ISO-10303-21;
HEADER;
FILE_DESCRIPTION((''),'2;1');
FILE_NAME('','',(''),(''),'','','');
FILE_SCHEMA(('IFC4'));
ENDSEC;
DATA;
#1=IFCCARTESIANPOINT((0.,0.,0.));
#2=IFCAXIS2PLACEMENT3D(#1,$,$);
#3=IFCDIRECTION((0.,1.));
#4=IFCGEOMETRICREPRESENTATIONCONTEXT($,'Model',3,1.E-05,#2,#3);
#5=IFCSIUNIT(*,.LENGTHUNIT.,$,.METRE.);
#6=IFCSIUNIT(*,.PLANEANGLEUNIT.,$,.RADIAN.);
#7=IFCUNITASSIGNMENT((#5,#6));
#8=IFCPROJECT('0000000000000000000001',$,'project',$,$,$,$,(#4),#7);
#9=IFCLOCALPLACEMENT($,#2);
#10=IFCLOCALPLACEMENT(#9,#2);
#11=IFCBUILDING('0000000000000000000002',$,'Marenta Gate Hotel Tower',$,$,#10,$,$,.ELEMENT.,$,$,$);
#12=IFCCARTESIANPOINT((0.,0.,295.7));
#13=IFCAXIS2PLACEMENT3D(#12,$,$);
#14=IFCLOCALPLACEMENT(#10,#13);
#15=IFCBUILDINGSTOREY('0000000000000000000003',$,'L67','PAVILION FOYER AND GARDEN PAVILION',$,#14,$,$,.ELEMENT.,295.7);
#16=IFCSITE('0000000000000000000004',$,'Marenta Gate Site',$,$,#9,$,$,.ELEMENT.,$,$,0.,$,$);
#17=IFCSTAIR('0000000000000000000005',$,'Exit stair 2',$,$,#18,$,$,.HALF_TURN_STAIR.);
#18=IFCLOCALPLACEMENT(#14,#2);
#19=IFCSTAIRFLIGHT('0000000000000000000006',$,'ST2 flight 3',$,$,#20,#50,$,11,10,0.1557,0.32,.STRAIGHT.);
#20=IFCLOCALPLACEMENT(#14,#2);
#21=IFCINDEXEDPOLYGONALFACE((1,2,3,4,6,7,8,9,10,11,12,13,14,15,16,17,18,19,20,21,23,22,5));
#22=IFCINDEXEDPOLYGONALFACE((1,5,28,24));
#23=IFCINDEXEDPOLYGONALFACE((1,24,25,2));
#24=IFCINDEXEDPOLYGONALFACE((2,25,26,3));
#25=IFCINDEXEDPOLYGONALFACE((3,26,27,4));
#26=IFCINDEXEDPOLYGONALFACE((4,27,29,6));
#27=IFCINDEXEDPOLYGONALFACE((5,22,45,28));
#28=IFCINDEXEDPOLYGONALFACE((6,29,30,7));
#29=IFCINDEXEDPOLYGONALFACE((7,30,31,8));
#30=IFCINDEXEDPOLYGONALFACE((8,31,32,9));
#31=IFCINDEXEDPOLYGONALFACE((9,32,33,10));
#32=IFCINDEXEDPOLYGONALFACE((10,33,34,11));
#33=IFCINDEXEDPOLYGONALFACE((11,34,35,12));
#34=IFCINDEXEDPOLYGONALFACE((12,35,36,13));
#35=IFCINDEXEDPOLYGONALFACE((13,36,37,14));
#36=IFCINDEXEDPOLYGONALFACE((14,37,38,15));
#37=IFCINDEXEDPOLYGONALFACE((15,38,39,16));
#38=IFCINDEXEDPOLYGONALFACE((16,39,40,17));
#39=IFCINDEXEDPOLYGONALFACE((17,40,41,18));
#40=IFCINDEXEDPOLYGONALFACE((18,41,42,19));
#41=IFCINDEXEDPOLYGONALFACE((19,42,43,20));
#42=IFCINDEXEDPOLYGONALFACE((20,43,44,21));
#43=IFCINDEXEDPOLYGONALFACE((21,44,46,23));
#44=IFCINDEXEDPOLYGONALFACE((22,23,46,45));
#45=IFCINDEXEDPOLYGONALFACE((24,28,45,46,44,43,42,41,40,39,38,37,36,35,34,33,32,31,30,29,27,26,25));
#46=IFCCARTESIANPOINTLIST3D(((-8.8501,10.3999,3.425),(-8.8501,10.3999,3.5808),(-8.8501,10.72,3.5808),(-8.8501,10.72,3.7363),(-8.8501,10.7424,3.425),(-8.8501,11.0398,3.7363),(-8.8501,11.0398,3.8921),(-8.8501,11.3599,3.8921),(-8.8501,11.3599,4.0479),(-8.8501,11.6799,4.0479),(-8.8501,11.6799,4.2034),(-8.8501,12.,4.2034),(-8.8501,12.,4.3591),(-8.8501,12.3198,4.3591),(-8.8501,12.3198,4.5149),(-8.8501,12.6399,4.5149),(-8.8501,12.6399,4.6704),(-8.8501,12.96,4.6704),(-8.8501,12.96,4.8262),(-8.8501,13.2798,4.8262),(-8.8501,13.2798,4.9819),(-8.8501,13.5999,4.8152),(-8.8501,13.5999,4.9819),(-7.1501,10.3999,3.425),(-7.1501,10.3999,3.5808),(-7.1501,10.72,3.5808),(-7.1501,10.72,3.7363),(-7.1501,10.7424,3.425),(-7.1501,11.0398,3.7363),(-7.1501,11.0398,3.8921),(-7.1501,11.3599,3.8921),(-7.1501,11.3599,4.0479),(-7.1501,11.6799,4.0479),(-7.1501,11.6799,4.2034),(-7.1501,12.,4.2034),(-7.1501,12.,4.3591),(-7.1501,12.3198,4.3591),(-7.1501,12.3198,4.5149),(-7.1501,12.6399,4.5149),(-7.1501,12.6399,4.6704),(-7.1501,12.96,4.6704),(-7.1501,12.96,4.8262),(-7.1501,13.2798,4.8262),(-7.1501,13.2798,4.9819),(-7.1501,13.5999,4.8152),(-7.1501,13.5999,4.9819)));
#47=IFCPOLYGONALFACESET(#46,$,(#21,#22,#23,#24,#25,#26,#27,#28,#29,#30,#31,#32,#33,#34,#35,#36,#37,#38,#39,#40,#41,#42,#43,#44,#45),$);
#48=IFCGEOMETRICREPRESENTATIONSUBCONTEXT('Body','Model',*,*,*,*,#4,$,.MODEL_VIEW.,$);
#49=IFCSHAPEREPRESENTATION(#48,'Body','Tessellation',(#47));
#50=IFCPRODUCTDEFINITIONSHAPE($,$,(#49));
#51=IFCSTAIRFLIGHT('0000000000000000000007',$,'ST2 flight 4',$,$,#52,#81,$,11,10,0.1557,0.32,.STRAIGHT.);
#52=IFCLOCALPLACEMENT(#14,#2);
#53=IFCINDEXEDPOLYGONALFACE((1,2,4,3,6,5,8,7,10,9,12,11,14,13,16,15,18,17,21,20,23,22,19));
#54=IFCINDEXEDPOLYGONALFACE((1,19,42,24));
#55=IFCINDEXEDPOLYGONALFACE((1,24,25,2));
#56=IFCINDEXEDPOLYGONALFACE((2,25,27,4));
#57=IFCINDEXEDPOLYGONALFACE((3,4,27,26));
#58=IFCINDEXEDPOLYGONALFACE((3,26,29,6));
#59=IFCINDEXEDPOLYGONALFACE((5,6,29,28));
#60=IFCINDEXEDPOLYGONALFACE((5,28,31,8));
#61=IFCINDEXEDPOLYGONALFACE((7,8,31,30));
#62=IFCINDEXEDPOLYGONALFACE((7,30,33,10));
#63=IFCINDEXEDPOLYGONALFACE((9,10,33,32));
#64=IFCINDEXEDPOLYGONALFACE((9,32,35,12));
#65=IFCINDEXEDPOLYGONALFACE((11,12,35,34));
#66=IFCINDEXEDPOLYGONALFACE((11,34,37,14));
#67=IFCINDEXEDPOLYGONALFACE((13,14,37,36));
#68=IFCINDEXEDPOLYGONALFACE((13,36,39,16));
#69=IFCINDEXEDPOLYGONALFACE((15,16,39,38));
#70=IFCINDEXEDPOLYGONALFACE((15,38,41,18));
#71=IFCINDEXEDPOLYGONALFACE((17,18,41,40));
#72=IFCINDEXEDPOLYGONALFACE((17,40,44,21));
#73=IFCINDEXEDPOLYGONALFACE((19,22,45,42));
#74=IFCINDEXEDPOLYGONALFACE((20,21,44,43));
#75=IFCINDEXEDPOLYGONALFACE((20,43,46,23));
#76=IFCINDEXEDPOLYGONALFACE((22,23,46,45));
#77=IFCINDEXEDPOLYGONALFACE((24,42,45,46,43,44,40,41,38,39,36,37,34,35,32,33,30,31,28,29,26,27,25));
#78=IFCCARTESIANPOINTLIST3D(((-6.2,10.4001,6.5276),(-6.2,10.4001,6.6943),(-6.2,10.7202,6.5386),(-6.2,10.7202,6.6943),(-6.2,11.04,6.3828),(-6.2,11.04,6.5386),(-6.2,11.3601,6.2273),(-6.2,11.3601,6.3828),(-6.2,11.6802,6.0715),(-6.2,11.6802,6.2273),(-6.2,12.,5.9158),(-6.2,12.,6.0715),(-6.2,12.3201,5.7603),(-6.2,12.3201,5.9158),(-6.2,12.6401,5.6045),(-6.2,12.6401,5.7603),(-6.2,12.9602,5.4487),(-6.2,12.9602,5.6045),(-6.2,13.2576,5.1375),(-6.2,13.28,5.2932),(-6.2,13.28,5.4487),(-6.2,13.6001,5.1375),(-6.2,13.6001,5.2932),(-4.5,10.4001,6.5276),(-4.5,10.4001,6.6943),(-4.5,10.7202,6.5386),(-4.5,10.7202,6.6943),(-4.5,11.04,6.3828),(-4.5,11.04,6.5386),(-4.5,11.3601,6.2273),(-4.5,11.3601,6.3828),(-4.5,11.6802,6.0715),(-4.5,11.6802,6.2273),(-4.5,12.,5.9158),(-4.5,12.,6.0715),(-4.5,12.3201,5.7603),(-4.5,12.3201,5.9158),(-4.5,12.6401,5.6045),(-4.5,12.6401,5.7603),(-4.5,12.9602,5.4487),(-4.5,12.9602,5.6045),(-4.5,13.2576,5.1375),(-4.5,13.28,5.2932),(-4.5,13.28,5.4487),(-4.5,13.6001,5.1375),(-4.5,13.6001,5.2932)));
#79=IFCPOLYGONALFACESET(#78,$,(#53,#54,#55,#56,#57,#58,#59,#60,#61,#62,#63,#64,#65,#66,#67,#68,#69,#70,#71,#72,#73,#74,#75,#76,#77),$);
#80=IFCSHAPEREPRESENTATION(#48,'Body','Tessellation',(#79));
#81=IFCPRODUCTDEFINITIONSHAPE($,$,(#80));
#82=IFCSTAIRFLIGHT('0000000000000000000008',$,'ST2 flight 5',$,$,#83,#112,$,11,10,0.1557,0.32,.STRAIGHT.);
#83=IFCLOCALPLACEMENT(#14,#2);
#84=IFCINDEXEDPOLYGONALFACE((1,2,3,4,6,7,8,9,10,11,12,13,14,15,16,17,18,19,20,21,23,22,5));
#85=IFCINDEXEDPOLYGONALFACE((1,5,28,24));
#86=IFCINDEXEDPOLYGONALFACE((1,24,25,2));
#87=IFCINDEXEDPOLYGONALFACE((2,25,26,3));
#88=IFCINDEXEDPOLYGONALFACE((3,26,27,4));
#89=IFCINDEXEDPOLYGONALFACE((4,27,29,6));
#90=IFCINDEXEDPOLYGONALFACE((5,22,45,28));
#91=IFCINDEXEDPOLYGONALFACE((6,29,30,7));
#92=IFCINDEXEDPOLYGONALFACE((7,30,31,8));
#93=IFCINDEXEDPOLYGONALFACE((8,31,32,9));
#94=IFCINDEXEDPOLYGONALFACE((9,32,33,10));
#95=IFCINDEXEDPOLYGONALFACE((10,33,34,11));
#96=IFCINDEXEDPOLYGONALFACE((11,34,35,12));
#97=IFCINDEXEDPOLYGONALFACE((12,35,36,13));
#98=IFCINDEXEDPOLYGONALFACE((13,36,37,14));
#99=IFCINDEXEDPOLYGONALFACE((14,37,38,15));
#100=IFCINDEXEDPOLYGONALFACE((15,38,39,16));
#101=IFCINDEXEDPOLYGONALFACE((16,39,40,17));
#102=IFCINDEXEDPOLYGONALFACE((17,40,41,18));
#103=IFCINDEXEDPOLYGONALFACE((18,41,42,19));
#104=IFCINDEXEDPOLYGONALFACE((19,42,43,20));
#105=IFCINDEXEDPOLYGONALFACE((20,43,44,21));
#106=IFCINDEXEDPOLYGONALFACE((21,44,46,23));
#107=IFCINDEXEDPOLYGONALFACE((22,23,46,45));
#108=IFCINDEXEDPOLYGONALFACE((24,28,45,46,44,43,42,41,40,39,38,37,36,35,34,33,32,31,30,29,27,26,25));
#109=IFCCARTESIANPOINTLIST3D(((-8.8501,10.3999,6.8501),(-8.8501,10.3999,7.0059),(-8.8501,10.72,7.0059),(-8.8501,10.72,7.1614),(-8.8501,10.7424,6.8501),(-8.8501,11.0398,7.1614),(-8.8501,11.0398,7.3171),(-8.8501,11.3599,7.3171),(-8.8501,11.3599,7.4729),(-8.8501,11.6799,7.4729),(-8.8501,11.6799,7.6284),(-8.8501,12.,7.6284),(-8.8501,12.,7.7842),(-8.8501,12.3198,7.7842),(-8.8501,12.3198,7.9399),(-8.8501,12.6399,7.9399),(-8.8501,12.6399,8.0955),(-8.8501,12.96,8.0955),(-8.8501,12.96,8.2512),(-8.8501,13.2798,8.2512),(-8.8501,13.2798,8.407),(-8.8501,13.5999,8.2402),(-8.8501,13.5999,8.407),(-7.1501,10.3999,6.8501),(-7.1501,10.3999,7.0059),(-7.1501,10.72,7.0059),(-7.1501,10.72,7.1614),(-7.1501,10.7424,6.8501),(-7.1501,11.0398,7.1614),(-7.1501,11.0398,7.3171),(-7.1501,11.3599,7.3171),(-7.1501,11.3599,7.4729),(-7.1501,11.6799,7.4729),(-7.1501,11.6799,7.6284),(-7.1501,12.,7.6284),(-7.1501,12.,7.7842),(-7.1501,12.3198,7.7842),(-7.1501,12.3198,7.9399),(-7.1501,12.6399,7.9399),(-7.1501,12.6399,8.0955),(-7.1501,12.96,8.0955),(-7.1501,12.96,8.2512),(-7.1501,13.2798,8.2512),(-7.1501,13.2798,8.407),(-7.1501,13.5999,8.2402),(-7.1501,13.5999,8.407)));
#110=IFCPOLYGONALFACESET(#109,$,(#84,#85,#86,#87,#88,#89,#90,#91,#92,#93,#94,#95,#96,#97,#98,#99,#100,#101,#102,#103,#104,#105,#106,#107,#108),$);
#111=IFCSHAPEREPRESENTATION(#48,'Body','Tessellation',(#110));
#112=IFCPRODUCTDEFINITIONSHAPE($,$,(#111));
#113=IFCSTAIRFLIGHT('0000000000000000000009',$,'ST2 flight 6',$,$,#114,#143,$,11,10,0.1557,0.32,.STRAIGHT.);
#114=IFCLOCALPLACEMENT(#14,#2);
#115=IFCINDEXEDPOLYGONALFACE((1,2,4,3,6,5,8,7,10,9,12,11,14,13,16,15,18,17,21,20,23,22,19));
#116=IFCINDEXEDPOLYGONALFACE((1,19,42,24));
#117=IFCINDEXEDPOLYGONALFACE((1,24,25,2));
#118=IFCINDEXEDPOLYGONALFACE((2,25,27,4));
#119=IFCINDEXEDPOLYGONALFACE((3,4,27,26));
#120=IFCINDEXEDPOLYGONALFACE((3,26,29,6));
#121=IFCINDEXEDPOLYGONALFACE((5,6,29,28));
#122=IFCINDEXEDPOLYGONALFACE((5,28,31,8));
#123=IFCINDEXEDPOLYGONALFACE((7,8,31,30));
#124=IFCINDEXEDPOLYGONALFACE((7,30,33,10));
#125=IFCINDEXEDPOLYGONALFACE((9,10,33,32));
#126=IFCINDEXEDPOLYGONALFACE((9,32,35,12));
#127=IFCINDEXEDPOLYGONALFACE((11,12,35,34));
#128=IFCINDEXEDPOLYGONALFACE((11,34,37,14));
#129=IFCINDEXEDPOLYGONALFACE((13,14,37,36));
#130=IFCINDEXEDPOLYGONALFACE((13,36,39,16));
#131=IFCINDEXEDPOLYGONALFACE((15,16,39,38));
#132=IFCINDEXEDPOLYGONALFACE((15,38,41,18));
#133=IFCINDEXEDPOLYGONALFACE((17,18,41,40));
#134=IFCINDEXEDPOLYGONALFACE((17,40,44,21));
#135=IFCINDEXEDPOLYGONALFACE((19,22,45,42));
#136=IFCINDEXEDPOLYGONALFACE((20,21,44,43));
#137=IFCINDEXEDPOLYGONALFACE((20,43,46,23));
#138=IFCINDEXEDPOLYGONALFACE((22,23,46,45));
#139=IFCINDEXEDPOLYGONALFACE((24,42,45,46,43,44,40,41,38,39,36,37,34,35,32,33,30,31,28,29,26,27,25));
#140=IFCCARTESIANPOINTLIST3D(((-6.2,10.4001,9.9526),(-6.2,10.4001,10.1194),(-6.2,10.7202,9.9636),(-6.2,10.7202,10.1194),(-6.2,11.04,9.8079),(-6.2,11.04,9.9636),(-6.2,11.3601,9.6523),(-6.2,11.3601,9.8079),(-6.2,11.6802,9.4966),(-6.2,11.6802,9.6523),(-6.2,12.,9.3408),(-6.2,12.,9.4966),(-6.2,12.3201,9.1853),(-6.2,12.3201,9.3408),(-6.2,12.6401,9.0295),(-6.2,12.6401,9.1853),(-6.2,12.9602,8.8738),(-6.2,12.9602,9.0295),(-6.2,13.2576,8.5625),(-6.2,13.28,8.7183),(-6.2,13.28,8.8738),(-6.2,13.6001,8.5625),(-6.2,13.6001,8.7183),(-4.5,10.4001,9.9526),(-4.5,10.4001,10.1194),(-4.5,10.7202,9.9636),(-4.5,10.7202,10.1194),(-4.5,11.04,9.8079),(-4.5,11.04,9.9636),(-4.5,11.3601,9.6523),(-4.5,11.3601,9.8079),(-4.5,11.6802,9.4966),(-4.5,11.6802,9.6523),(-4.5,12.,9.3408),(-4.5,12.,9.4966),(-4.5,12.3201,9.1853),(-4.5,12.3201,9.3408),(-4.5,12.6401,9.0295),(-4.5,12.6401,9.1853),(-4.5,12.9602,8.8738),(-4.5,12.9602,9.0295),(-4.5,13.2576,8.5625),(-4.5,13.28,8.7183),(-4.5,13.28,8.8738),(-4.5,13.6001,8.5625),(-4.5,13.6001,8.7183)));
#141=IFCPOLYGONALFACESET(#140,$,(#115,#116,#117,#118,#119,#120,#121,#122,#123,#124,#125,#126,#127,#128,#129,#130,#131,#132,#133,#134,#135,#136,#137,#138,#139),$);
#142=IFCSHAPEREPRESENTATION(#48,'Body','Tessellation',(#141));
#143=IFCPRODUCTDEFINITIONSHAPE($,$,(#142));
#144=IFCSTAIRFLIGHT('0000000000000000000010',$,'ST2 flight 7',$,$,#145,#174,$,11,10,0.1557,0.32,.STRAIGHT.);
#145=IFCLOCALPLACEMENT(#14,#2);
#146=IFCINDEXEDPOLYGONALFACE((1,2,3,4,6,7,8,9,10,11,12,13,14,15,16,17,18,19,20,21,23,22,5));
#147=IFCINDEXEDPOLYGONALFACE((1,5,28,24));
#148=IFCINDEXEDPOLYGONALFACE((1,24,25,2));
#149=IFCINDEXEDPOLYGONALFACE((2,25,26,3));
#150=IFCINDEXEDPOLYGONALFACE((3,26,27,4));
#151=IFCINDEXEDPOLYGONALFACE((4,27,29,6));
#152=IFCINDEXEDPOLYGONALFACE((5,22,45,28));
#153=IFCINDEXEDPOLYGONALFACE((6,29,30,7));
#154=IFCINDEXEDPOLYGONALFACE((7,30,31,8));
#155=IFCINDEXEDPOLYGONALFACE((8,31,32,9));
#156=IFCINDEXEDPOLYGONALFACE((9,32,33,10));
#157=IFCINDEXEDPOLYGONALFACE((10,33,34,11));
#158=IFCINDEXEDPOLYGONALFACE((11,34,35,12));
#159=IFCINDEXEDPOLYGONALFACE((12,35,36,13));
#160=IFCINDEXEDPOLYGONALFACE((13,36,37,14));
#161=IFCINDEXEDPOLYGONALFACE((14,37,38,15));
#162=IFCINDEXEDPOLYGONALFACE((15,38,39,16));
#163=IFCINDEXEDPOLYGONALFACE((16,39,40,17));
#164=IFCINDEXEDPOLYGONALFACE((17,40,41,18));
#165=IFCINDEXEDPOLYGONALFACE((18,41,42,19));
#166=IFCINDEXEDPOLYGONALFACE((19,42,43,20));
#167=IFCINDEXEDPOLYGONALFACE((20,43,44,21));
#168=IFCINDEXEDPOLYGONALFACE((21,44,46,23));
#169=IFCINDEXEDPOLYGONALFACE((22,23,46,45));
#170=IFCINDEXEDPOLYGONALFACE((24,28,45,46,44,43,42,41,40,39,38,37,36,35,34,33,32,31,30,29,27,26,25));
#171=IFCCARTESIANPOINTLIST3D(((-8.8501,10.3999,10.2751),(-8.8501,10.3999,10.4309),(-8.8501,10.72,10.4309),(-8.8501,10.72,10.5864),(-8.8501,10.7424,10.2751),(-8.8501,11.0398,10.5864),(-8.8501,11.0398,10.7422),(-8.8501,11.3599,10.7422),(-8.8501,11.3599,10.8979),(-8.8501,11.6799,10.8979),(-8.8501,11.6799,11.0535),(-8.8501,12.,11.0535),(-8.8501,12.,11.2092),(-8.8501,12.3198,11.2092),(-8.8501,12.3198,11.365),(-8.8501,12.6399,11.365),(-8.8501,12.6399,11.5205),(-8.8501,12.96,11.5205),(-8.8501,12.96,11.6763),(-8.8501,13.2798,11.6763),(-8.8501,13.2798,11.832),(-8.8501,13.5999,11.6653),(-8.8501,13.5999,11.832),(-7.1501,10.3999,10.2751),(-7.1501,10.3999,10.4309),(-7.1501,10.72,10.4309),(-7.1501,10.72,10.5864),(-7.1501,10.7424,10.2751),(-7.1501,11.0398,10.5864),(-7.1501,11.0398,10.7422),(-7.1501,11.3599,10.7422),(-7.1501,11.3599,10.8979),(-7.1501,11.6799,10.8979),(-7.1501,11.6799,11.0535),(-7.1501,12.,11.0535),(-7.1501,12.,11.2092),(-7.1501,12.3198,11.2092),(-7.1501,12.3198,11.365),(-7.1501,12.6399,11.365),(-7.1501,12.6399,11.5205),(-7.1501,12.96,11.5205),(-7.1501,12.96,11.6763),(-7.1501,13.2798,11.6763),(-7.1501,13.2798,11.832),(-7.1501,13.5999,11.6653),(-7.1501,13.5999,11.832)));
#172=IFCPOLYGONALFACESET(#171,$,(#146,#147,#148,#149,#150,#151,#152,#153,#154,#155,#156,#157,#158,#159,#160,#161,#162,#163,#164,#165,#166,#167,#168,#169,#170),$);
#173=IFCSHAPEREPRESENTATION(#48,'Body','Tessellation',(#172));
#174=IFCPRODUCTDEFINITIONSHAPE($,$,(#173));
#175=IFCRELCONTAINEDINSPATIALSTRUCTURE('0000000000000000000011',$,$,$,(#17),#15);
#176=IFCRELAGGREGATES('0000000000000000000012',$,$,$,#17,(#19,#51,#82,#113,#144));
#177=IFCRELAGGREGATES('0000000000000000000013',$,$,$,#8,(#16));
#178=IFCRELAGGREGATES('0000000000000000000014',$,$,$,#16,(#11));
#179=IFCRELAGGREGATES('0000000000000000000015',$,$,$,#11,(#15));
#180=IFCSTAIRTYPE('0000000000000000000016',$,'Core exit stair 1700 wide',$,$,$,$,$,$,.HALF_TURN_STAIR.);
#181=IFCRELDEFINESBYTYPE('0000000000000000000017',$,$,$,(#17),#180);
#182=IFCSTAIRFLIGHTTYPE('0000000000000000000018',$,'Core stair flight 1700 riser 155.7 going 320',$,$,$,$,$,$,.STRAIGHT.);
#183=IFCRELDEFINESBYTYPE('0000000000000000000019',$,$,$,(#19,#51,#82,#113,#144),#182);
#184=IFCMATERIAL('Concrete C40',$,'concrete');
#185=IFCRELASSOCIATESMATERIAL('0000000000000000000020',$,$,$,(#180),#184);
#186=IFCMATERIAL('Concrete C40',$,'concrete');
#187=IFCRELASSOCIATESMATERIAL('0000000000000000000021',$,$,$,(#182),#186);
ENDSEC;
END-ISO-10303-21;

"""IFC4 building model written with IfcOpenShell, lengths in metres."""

from ifc_helpers import new_model, si_unit, direction, frame, origin, place, context, subcontext, project, spatial, polyline, outline, extrude, material, type_object, element, aggregate, save


model = new_model("IFC4")

# Units and contexts
model_context = context("Model", 3, precision=1e-05, world=origin(), true_north=direction((0.0, 1.0)))
body_context = subcontext(model_context, "Body", "Model", "MODEL_VIEW")
ifc_project = project(units=[si_unit("LENGTHUNIT", "METRE"), si_unit("PLANEANGLEUNIT", "RADIAN")], contexts=[model_context])

# Site, building, storey
site_placement = place(None, origin())
site = spatial("IfcSite", under=ifc_project, at=site_placement, Name="Marenta Gate Site", CompositionType="ELEMENT", RefElevation=0.0)
building_placement = place(site_placement, origin())
building = spatial("IfcBuilding", under=site, at=building_placement, Name="Marenta Gate Hotel Tower", CompositionType="ELEMENT")
storey_placement = place(building_placement, frame((0.0, 0.0, 295.7)))
storey = spatial("IfcBuildingStorey", under=building, at=storey_placement, Name="L67", Description="PAVILION FOYER AND GARDEN PAVILION", CompositionType="ELEMENT", Elevation=295.7)

# Stair, stair flights
ifc_material_1 = material(Name="Concrete C40", Category="concrete")
stair_type = type_object("IfcStairType", Name="Core exit stair 1700 wide", PredefinedType="HALF_TURN_STAIR", material=ifc_material_1)
ifc_material_2 = material(Name="Concrete C40", Category="concrete")
stair_flight_type = type_object("IfcStairFlightType", Name="Core stair flight 1700 riser 155.7 going 320", PredefinedType="STRAIGHT", material=ifc_material_2)
stair_1_placement = place(storey_placement, origin())
stair_1 = element("IfcStair", 1, at=stair_1_placement, inside=storey, type_object=stair_type, Name="Exit stair 2", PredefinedType="HALF_TURN_STAIR")
stair_flight_1_placement = place(storey_placement, frame((-8.0, 10.3999, 3.425), z_axis=(0.0, 0.0, 1.0), x_axis=(0.0, 1.0, 0.0)))
stair_flight_1 = element("IfcStairFlight", 2, at=stair_flight_1_placement, type_object=stair_flight_type, Name="ST2 flight 3", NumberOfRisers=11, NumberOfTreads=10, PredefinedType="STRAIGHT", RiserHeight=0.1557, TreadLength=0.32, context=body_context, shape_type="SweptSolid", body=[
    extrude(outline(polyline([(0.0, 0.0), (0.0, 0.1558), (0.3201, 0.1558), (0.3201, 0.3113), (0.6399, 0.3113), (0.6399, 0.467), (0.96, 0.467), (0.96, 0.6228), (1.28, 0.6228), (1.28, 0.7783), (1.6001, 0.7783), (1.6001, 0.9341), (1.9199, 0.9341), (1.9199, 1.0898), (2.24, 1.0898), (2.24, 1.2454), (2.5601, 1.2454), (2.5601, 1.4011), (2.8799, 1.4011), (2.8799, 1.5569), (3.2, 1.5569), (3.2, 1.7124), (3.2, 1.3901), (0.3425, 0.0), (0.0, 0.0)])), frame((0.0, 0.8501, 0.0), z_axis=(0.0, -1.0, 0.0), x_axis=(1.0, 0.0, 0.0)), (0.0, 0.0, 1.0), 1.7),
])
stair_flight_2_placement = place(storey_placement, frame((-5.3501, 13.6001, 5.1375), z_axis=(0.0, 0.0, 1.0), x_axis=(0.0, -1.0, 0.0)))
stair_flight_2 = element("IfcStairFlight", 3, at=stair_flight_2_placement, type_object=stair_flight_type, Name="ST2 flight 4", NumberOfRisers=11, NumberOfTreads=10, PredefinedType="STRAIGHT", RiserHeight=0.1557, TreadLength=0.32, context=body_context, shape_type="SweptSolid", body=[
    extrude(outline(polyline([(0.0, 0.0), (0.0, 0.1558), (0.3201, 0.1558), (0.3201, 0.3113), (0.6399, 0.3113), (0.6399, 0.467), (0.96, 0.467), (0.96, 0.6228), (1.28, 0.6228), (1.28, 0.7783), (1.6001, 0.7783), (1.6001, 0.9341), (1.9199, 0.9341), (1.9199, 1.0898), (2.24, 1.0898), (2.24, 1.2454), (2.5601, 1.2454), (2.5601, 1.4011), (2.8799, 1.4011), (2.8799, 1.5569), (3.2, 1.5569), (3.2, 1.7124), (3.2, 1.3901), (0.3425, 0.0), (0.0, 0.0)])), frame((0.0, 0.8501, 0.0), z_axis=(0.0, -1.0, 0.0), x_axis=(1.0, 0.0, 0.0)), (0.0, 0.0, 1.0), 1.7),
])
stair_flight_3_placement = place(storey_placement, frame((-8.0, 10.3999, 6.8501), z_axis=(0.0, 0.0, 1.0), x_axis=(0.0, 1.0, 0.0)))
stair_flight_3 = element("IfcStairFlight", 4, at=stair_flight_3_placement, type_object=stair_flight_type, Name="ST2 flight 5", NumberOfRisers=11, NumberOfTreads=10, PredefinedType="STRAIGHT", RiserHeight=0.1557, TreadLength=0.32, context=body_context, shape_type="SweptSolid", body=[
    extrude(outline(polyline([(0.0, 0.0), (0.0, 0.1558), (0.3201, 0.1558), (0.3201, 0.3113), (0.6399, 0.3113), (0.6399, 0.467), (0.96, 0.467), (0.96, 0.6228), (1.28, 0.6228), (1.28, 0.7783), (1.6001, 0.7783), (1.6001, 0.9341), (1.9199, 0.9341), (1.9199, 1.0898), (2.24, 1.0898), (2.24, 1.2454), (2.5601, 1.2454), (2.5601, 1.4011), (2.8799, 1.4011), (2.8799, 1.5569), (3.2, 1.5569), (3.2, 1.7124), (3.2, 1.3901), (0.3425, 0.0), (0.0, 0.0)])), frame((0.0, 0.8501, 0.0), z_axis=(0.0, -1.0, 0.0), x_axis=(1.0, 0.0, 0.0)), (0.0, 0.0, 1.0), 1.7),
])
stair_flight_4_placement = place(storey_placement, frame((-5.3501, 13.6001, 8.5625), z_axis=(0.0, 0.0, 1.0), x_axis=(0.0, -1.0, 0.0)))
stair_flight_4 = element("IfcStairFlight", 5, at=stair_flight_4_placement, type_object=stair_flight_type, Name="ST2 flight 6", NumberOfRisers=11, NumberOfTreads=10, PredefinedType="STRAIGHT", RiserHeight=0.1557, TreadLength=0.32, context=body_context, shape_type="SweptSolid", body=[
    extrude(outline(polyline([(0.0, 0.0), (0.0, 0.1558), (0.3201, 0.1558), (0.3201, 0.3113), (0.6399, 0.3113), (0.6399, 0.467), (0.96, 0.467), (0.96, 0.6228), (1.28, 0.6228), (1.28, 0.7783), (1.6001, 0.7783), (1.6001, 0.9341), (1.9199, 0.9341), (1.9199, 1.0898), (2.24, 1.0898), (2.24, 1.2454), (2.5601, 1.2454), (2.5601, 1.4011), (2.8799, 1.4011), (2.8799, 1.5569), (3.2, 1.5569), (3.2, 1.7124), (3.2, 1.3901), (0.3425, 0.0), (0.0, 0.0)])), frame((0.0, 0.8501, 0.0), z_axis=(0.0, -1.0, 0.0), x_axis=(1.0, 0.0, 0.0)), (0.0, 0.0, 1.0), 1.7),
])
stair_flight_5_placement = place(storey_placement, frame((-8.0, 10.3999, 10.2751), z_axis=(0.0, 0.0, 1.0), x_axis=(0.0, 1.0, 0.0)))
stair_flight_5 = element("IfcStairFlight", 6, at=stair_flight_5_placement, type_object=stair_flight_type, Name="ST2 flight 7", NumberOfRisers=11, NumberOfTreads=10, PredefinedType="STRAIGHT", RiserHeight=0.1557, TreadLength=0.32, context=body_context, shape_type="SweptSolid", body=[
    extrude(outline(polyline([(0.0, 0.0), (0.0, 0.1558), (0.3201, 0.1558), (0.3201, 0.3113), (0.6399, 0.3113), (0.6399, 0.467), (0.96, 0.467), (0.96, 0.6228), (1.28, 0.6228), (1.28, 0.7783), (1.6001, 0.7783), (1.6001, 0.9341), (1.9199, 0.9341), (1.9199, 1.0898), (2.24, 1.0898), (2.24, 1.2454), (2.5601, 1.2454), (2.5601, 1.4011), (2.8799, 1.4011), (2.8799, 1.5569), (3.2, 1.5569), (3.2, 1.7124), (3.2, 1.3901), (0.3425, 0.0), (0.0, 0.0)])), frame((0.0, 0.8501, 0.0), z_axis=(0.0, -1.0, 0.0), x_axis=(1.0, 0.0, 0.0)), (0.0, 0.0, 1.0), 1.7),
])
aggregate(stair_1, [stair_flight_1, stair_flight_2, stair_flight_3, stair_flight_4, stair_flight_5])

save(model, "model.ifc")
